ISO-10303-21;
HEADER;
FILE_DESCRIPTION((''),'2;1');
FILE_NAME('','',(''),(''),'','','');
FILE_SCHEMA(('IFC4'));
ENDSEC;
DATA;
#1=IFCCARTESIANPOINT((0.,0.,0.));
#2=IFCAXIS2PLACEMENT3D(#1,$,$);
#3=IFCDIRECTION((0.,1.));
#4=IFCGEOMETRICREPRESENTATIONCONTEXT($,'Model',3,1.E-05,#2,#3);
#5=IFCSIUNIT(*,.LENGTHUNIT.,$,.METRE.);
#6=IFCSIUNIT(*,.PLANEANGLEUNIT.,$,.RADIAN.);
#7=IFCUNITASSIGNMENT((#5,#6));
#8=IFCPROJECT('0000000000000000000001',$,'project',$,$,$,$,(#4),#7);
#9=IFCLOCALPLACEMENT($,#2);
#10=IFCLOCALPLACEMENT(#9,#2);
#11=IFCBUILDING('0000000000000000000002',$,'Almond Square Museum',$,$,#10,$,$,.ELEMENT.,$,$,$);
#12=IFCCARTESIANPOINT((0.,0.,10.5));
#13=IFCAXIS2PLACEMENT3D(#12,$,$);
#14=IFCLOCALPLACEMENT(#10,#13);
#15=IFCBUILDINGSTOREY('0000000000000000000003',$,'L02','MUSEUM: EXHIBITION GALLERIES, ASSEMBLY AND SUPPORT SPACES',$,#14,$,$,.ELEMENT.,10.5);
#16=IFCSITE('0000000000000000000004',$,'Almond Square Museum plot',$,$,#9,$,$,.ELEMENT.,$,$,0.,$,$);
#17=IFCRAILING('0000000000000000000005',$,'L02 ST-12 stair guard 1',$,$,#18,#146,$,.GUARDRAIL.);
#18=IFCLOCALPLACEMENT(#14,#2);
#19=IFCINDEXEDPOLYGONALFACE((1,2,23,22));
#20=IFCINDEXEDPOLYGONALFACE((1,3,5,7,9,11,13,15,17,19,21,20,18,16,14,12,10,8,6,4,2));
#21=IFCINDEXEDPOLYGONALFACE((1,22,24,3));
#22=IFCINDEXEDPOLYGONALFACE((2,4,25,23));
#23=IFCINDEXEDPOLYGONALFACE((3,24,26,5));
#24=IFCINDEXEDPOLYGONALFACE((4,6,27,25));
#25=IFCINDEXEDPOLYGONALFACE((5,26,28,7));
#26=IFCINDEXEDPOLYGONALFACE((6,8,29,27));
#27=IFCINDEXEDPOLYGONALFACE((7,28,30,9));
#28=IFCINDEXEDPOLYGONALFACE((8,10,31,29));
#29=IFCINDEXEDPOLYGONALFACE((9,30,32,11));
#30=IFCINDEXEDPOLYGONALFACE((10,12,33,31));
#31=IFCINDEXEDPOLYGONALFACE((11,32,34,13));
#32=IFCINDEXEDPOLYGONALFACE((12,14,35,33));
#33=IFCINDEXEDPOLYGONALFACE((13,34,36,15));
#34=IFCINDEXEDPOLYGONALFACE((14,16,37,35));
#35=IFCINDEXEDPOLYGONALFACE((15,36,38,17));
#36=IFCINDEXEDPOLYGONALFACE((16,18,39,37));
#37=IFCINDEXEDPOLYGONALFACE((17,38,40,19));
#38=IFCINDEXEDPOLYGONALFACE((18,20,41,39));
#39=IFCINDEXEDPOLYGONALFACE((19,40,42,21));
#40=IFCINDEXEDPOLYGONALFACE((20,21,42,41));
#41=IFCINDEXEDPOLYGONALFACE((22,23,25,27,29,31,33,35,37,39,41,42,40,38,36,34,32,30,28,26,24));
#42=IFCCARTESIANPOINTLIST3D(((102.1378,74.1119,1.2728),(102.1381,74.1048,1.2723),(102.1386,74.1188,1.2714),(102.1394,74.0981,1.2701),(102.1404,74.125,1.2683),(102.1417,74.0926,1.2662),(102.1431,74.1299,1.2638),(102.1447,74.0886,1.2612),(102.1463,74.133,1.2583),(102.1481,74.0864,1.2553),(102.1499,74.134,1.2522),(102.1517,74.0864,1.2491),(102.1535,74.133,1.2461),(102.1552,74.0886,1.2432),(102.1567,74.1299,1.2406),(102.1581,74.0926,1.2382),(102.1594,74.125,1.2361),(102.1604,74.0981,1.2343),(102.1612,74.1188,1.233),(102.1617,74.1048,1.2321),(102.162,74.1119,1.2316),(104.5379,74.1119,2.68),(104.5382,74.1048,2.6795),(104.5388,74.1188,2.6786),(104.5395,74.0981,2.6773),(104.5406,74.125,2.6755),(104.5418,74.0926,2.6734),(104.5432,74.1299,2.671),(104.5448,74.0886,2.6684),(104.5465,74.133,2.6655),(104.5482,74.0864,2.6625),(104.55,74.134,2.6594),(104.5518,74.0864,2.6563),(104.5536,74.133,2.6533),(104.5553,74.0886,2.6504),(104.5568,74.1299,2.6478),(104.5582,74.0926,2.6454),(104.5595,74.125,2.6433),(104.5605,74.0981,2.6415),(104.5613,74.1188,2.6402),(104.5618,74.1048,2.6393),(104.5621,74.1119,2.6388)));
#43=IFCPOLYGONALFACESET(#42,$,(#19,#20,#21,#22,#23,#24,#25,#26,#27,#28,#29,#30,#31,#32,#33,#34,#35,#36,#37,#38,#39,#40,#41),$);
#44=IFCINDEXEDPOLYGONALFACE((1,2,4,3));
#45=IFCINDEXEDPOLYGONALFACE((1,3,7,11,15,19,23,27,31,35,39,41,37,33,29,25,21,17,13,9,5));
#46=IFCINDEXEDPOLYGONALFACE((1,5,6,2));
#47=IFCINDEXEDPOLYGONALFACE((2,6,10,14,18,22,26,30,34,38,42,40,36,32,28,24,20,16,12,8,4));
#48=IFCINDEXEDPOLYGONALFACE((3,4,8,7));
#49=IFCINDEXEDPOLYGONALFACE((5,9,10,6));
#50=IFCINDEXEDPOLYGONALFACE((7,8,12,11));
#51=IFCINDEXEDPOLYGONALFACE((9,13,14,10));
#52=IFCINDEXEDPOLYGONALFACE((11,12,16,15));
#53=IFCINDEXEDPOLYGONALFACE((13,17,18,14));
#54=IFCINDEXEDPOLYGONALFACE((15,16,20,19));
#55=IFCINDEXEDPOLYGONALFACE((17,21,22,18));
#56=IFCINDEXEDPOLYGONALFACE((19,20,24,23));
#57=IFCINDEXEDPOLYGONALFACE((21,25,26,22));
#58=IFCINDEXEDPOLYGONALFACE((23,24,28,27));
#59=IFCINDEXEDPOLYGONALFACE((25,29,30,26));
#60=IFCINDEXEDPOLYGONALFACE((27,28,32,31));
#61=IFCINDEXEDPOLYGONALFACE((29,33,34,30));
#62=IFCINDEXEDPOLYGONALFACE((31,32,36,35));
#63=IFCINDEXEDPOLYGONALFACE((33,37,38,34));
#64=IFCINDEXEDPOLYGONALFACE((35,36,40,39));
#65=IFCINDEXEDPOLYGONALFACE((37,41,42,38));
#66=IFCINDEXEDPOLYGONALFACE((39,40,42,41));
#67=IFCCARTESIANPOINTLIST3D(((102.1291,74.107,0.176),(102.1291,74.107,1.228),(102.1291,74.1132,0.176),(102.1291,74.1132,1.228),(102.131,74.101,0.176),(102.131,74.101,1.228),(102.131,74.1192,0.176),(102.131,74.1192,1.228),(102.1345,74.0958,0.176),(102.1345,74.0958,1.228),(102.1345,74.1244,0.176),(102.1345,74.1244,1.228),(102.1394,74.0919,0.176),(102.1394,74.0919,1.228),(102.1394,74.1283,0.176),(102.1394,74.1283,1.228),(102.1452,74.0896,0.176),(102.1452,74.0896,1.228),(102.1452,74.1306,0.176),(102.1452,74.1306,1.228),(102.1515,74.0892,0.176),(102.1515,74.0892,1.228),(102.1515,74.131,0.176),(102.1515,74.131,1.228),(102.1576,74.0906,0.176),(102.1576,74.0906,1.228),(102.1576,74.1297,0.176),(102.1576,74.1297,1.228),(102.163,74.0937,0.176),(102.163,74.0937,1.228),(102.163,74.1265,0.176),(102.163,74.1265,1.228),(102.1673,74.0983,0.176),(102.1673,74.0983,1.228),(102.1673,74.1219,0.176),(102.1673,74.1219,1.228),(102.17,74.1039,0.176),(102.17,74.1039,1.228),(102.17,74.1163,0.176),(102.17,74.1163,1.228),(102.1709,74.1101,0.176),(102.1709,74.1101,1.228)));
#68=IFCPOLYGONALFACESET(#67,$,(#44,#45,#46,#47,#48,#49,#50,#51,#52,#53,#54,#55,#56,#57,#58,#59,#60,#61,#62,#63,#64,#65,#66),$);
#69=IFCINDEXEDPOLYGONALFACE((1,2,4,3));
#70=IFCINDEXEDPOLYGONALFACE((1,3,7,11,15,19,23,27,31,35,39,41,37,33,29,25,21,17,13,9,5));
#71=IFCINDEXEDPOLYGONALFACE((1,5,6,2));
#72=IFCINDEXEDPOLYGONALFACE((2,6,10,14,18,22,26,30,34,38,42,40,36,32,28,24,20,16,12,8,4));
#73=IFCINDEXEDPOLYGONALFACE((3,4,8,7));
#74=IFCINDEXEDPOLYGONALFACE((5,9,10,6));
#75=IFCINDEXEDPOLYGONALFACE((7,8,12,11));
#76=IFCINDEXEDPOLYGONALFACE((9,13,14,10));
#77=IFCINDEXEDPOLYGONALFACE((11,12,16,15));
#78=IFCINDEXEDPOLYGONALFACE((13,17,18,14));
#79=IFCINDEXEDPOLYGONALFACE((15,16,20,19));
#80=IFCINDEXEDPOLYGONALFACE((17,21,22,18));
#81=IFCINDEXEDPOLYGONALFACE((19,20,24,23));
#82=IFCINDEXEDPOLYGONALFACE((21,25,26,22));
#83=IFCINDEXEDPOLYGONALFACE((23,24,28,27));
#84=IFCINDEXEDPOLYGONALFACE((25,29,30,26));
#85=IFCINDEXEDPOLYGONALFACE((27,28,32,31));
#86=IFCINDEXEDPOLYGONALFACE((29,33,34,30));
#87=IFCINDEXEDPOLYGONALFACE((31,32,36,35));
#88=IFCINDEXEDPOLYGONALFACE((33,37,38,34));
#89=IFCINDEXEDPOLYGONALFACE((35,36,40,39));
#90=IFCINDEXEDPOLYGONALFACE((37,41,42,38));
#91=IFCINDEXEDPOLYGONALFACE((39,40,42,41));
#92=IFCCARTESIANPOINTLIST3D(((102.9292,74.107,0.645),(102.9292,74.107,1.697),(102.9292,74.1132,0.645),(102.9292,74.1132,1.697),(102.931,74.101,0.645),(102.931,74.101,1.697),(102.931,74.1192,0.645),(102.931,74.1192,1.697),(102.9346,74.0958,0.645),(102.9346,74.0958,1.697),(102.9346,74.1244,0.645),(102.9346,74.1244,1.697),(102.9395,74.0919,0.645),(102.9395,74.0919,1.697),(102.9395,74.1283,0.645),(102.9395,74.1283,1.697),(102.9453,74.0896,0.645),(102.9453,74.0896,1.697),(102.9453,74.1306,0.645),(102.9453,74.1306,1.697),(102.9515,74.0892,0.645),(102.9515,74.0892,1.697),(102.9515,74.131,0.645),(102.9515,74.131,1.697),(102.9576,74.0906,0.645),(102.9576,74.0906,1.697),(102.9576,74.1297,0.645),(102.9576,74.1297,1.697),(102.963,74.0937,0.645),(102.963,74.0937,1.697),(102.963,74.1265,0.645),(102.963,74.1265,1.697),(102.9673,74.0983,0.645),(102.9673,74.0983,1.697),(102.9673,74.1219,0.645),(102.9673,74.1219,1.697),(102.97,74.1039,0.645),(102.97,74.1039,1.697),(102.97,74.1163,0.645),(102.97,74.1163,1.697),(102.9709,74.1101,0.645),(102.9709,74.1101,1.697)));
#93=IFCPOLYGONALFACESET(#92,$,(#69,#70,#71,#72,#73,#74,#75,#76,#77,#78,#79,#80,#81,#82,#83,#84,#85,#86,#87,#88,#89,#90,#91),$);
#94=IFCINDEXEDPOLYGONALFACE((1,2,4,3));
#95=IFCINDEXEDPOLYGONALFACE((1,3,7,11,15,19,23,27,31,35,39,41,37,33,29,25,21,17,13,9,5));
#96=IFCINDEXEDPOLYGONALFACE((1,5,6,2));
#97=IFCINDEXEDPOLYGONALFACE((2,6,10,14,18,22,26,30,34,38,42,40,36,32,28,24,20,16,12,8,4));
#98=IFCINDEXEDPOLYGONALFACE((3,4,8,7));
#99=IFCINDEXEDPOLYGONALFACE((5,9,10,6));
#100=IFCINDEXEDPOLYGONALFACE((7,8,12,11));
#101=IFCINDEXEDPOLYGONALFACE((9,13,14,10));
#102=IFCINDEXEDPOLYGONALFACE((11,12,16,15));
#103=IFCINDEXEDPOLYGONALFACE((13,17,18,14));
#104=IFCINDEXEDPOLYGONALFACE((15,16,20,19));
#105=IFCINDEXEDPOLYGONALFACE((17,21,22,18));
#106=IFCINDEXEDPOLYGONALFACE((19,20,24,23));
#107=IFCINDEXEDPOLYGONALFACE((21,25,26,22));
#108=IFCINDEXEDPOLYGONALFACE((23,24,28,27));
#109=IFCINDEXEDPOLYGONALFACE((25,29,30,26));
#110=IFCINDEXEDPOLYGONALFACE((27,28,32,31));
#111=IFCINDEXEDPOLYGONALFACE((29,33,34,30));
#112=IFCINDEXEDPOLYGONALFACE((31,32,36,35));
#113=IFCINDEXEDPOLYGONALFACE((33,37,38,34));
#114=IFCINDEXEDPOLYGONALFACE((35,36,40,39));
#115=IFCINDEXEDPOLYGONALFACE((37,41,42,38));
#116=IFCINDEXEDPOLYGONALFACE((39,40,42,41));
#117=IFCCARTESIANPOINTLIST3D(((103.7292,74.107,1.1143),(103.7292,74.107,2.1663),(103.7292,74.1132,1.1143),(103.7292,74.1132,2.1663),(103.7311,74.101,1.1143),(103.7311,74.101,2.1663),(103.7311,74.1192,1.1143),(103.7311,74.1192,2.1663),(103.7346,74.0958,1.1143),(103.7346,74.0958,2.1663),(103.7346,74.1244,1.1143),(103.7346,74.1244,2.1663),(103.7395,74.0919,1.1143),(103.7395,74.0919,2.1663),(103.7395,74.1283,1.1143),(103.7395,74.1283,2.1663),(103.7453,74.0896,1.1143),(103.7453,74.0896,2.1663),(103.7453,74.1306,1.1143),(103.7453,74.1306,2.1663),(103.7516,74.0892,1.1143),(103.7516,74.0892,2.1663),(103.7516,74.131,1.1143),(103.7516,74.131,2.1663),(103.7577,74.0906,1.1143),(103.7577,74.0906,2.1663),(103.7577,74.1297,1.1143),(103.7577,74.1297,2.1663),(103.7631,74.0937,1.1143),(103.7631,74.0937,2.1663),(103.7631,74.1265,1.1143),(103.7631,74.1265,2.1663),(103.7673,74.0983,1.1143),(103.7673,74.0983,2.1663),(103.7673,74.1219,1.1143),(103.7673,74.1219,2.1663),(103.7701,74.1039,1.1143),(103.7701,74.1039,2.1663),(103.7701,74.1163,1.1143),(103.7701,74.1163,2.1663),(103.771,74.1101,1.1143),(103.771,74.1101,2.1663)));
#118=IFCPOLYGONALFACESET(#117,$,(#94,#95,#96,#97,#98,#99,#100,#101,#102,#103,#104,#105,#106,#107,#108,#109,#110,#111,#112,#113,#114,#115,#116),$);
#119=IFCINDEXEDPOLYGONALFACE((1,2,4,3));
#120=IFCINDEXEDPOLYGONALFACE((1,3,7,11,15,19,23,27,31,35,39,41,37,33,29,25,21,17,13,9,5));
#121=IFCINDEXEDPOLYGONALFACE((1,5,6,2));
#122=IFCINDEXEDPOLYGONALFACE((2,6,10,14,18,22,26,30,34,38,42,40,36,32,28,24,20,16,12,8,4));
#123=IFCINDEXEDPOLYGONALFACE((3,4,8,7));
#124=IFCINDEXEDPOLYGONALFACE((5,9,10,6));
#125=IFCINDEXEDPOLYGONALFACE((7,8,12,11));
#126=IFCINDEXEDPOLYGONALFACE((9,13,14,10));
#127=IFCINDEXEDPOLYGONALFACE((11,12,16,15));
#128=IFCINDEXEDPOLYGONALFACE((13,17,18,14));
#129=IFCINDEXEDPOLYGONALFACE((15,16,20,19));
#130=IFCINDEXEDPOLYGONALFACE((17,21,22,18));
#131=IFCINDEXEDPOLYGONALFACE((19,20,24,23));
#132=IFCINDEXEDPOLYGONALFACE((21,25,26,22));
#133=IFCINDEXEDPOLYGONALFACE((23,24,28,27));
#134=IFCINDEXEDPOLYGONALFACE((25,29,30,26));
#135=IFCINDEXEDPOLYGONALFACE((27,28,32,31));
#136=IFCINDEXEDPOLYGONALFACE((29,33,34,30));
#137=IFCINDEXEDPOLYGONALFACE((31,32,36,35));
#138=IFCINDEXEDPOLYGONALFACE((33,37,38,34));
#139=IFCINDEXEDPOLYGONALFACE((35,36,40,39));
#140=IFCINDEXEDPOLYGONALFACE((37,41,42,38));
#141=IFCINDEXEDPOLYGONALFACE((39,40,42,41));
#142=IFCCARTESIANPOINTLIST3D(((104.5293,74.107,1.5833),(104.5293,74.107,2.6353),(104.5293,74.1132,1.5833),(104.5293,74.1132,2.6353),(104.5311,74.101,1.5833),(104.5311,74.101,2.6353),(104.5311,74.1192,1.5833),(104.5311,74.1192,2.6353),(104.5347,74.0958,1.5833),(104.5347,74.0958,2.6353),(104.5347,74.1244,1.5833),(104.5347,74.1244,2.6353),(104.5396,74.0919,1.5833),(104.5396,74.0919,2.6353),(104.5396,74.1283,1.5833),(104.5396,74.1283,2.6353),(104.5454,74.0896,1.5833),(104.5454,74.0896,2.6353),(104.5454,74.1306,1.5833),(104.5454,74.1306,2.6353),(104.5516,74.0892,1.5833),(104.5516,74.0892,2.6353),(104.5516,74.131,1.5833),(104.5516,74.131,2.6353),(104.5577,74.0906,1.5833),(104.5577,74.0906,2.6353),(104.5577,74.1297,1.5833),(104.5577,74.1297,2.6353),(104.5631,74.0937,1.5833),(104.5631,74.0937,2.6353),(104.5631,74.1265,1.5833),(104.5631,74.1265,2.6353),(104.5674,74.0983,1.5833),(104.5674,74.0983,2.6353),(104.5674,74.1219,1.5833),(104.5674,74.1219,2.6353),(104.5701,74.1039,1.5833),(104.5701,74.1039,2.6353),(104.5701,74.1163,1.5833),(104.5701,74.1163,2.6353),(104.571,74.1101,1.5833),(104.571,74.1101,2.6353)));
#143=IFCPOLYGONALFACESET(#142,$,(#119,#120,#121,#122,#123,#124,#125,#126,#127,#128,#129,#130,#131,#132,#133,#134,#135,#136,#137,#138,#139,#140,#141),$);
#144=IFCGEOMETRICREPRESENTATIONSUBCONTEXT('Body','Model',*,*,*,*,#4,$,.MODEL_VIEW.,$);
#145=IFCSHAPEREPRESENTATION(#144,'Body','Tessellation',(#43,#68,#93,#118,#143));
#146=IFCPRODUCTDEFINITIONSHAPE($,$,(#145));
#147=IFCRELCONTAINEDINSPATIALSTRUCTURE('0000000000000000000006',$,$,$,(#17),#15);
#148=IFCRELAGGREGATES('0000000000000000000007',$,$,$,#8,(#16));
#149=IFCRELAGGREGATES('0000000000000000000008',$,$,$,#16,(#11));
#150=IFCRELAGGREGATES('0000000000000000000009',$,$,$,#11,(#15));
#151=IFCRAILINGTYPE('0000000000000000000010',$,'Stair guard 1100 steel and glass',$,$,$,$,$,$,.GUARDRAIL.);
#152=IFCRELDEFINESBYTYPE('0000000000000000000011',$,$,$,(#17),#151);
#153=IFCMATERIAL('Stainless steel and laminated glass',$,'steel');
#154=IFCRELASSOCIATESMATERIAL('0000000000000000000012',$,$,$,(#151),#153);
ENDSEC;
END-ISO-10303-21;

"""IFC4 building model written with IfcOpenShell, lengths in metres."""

from ifc_helpers import new_model, si_unit, direction, frame, origin, origin_2d, place, context, subcontext, project, spatial, circle, extrude, material, type_object, element, save


model = new_model("IFC4")

# Units and contexts
model_context = context("Model", 3, precision=1e-05, world=origin(), true_north=direction((0.0, 1.0)))
body_context = subcontext(model_context, "Body", "Model", "MODEL_VIEW")
ifc_project = project(units=[si_unit("LENGTHUNIT", "METRE"), si_unit("PLANEANGLEUNIT", "RADIAN")], contexts=[model_context])

# Site, building, storey
site_placement = place(None, origin())
site = spatial("IfcSite", under=ifc_project, at=site_placement, Name="Almond Square Museum plot", CompositionType="ELEMENT", RefElevation=0.0)
building_placement = place(site_placement, origin())
building = spatial("IfcBuilding", under=site, at=building_placement, Name="Almond Square Museum", CompositionType="ELEMENT")
storey_placement = place(building_placement, frame((0.0, 0.0, 10.5)))
storey = spatial("IfcBuildingStorey", under=building, at=storey_placement, Name="L02", Description="MUSEUM: EXHIBITION GALLERIES, ASSEMBLY AND SUPPORT SPACES", CompositionType="ELEMENT", Elevation=10.5)

# Railing
ifc_material_1 = material(Name="Stainless steel and laminated glass", Category="steel")
railing_type_1 = type_object("IfcRailingType", Name="Stair guard 1100 steel and glass", PredefinedType="GUARDRAIL", material=ifc_material_1)
railing_1_placement = place(storey_placement, frame((102.1499, 74.1101, 0.176)))
element("IfcRailing", 1, at=railing_1_placement, inside=storey, type_object=railing_type_1, Name="L02 ST-12 stair guard 1", PredefinedType="GUARDRAIL", context=body_context, shape_type="SweptSolid", body=[
    extrude(circle(Radius=0.0239, at=origin_2d()), frame((0.0, 0.0, 1.0762), z_axis=(0.86266, 0.0, 0.505785), x_axis=(0.0, 1.0, 0.0)), (0.0, 0.0, 1.0), 2.7822),
    extrude(circle(Radius=0.021, at=origin_2d()), origin(), (0.0, 0.0, 1.0), 1.052),
    extrude(circle(Radius=0.021, at=origin_2d()), frame((0.8, 0.0, 0.469)), (0.0, 0.0, 1.0), 1.052),
    extrude(circle(Radius=0.021, at=origin_2d()), frame((1.6001, 0.0, 0.9382)), (0.0, 0.0, 1.0), 1.052),
    extrude(circle(Radius=0.021, at=origin_2d()), frame((2.4001, 0.0, 1.4072)), (0.0, 0.0, 1.0), 1.052),
])

save(model, "model.ifc")
